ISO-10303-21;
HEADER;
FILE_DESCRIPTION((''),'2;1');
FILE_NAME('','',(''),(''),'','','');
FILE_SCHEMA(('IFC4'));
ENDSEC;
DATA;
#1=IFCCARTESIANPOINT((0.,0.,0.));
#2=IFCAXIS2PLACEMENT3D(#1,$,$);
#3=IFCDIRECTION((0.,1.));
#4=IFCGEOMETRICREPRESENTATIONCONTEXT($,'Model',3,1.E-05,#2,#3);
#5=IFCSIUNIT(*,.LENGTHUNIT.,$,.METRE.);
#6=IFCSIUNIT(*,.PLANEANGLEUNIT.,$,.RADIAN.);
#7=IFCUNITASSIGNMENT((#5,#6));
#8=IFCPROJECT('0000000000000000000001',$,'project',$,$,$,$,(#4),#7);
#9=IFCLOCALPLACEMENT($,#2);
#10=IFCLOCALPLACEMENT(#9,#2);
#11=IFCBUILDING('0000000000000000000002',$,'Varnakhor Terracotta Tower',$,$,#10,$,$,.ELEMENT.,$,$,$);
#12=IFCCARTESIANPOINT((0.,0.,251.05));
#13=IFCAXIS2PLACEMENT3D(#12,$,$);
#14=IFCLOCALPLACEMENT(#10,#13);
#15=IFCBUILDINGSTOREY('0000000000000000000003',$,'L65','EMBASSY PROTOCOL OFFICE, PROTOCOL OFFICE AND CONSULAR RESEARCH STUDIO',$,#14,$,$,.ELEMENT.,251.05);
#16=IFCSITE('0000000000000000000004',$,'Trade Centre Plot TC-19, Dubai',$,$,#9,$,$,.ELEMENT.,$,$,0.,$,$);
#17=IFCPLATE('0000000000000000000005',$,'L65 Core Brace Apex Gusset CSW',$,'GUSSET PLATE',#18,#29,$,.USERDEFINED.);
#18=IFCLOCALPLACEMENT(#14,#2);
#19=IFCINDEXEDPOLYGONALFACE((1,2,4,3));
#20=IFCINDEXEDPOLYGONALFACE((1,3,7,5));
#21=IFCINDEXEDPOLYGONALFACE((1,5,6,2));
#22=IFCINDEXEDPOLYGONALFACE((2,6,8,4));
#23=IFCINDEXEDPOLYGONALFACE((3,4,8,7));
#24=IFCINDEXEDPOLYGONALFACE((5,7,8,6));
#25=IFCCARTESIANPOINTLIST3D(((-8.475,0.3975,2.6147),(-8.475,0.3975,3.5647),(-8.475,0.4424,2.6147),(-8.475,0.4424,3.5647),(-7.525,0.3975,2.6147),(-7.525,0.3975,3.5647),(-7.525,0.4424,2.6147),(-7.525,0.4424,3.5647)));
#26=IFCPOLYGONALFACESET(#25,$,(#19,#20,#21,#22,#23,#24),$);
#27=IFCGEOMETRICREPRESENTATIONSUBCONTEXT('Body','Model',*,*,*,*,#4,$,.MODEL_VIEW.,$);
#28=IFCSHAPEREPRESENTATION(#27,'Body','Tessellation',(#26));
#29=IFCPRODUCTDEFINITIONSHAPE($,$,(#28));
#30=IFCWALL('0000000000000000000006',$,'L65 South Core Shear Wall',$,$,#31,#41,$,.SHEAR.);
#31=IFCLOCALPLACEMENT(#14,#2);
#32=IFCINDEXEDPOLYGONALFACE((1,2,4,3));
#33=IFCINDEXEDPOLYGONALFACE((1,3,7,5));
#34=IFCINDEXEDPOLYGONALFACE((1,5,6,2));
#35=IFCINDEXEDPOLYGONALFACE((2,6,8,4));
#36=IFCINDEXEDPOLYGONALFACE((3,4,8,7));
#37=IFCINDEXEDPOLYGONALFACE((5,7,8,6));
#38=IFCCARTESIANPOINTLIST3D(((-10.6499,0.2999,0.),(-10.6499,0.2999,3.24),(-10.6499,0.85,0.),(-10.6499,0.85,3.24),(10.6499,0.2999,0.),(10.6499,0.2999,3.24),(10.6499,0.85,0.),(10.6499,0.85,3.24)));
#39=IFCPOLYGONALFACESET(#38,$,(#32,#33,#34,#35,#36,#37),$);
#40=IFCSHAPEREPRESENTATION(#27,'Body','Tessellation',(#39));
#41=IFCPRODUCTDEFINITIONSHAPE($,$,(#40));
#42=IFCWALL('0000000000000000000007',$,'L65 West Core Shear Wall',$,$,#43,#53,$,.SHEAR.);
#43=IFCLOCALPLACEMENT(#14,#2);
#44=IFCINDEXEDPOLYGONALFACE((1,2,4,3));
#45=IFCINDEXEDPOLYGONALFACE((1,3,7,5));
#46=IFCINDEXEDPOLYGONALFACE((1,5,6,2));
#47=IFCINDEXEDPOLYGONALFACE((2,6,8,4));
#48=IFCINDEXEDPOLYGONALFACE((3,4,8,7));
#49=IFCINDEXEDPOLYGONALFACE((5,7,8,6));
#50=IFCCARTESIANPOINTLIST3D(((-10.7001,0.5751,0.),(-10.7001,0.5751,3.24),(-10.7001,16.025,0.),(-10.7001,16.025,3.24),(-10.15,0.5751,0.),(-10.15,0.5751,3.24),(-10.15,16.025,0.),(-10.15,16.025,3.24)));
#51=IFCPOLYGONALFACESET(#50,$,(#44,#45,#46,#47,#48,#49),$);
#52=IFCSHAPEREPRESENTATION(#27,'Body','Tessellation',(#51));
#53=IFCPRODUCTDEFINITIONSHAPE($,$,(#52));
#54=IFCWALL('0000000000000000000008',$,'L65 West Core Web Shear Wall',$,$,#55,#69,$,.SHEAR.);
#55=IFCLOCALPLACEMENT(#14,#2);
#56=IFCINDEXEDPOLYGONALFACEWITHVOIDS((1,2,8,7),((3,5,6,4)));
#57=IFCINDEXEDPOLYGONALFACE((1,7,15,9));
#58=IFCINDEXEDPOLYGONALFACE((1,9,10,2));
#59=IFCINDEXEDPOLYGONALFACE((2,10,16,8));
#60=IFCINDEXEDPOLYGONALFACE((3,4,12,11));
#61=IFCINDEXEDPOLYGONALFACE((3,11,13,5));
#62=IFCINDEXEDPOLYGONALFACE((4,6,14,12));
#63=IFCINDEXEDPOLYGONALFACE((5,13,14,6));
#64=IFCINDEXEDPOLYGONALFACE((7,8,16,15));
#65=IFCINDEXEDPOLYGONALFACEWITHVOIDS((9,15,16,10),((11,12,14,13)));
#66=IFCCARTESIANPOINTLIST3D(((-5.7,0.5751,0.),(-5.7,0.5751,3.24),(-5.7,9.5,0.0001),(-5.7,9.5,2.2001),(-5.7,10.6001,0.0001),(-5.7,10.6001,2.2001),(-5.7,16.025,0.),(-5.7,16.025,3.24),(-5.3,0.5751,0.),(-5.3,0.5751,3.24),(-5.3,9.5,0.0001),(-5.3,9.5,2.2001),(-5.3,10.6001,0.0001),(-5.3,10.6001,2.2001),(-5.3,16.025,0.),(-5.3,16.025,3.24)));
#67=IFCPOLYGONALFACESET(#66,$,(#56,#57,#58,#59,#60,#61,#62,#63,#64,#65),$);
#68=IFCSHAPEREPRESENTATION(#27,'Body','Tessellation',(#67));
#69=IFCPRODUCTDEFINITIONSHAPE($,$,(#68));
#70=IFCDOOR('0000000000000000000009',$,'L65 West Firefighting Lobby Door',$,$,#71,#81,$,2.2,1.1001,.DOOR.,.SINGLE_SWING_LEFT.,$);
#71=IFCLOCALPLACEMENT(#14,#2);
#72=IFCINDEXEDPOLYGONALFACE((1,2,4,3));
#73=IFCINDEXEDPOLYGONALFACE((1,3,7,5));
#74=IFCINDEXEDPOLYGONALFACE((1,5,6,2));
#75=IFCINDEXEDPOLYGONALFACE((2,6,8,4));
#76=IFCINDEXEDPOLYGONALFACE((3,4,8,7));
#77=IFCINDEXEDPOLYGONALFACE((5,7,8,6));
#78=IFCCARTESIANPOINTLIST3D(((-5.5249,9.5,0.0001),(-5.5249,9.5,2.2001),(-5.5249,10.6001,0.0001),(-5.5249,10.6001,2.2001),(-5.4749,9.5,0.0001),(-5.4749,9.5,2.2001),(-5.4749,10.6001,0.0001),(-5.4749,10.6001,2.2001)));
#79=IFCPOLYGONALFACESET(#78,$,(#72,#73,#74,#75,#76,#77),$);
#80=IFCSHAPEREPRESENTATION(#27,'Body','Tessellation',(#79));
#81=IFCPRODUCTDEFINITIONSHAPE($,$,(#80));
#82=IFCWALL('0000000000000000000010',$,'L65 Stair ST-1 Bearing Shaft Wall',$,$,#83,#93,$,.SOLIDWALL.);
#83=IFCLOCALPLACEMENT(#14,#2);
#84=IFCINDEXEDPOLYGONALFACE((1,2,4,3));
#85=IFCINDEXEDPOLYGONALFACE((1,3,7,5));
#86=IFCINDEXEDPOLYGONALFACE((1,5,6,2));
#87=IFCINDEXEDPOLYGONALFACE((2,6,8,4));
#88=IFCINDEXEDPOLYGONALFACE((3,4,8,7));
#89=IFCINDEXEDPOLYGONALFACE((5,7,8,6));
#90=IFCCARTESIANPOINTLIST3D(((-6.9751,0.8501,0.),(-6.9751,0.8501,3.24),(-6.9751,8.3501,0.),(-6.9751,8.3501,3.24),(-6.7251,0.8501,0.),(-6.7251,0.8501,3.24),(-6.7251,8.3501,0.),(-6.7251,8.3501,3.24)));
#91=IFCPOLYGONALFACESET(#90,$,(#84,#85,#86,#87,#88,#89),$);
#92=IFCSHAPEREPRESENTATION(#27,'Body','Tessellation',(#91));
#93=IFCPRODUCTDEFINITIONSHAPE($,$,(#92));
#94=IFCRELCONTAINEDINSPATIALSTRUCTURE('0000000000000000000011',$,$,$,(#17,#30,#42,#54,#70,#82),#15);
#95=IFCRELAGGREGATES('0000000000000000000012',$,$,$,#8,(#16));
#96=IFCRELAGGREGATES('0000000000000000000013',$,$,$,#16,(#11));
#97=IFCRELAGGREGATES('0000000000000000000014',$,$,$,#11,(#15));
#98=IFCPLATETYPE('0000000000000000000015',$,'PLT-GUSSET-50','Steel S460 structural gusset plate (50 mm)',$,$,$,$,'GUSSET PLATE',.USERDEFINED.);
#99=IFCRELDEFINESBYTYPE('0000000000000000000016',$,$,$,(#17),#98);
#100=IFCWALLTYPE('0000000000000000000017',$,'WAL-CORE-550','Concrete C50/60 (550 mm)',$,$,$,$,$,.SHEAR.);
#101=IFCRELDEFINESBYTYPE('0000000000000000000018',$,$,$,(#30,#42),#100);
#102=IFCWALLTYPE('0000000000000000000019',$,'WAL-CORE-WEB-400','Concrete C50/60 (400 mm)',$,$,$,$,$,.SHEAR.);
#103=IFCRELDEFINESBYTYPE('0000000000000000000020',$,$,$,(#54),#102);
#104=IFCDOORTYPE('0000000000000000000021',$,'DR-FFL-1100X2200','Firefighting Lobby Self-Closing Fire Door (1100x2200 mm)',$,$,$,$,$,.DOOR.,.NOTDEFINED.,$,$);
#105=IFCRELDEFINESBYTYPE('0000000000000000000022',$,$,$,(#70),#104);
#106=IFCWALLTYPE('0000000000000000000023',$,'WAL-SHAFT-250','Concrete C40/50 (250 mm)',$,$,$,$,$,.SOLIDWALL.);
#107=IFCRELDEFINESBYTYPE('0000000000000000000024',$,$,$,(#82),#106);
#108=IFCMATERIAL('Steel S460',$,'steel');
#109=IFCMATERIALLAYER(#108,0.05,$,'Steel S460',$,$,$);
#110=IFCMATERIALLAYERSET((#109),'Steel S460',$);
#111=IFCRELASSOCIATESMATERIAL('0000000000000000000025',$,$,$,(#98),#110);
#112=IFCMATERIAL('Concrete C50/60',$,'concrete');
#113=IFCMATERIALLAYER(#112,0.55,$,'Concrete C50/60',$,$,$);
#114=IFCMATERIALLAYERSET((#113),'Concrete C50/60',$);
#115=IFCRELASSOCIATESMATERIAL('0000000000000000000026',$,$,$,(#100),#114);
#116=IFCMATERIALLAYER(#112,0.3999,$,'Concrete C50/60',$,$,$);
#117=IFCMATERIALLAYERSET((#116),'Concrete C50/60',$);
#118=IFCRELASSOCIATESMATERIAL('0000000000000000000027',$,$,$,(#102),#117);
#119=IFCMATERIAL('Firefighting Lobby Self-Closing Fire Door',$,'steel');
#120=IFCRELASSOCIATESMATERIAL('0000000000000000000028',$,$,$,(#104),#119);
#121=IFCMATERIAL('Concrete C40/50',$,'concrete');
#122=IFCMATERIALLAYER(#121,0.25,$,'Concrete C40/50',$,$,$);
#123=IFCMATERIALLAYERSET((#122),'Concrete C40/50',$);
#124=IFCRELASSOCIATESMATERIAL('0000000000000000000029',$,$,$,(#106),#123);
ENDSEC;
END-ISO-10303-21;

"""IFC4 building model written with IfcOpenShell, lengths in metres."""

from ifc_helpers import new_model, si_unit, direction, frame, frame_2d, origin, origin_2d, place, context, subcontext, project, spatial, rectangle, extrude, source, transform, mapped, material, layer, layer_set, type_object, type_shapes, element, fill, save


model = new_model("IFC4")

# Units and contexts
model_context = context("Model", 3, precision=1e-05, world=origin(), true_north=direction((0.0, 1.0)))
body_context = subcontext(model_context, "Body", "Model", "MODEL_VIEW")
ifc_project = project(units=[si_unit("LENGTHUNIT", "METRE"), si_unit("PLANEANGLEUNIT", "RADIAN")], contexts=[model_context])

# Site, building, storey
site_placement = place(None, origin())
site = spatial("IfcSite", under=ifc_project, at=site_placement, Name="Trade Centre Plot TC-19, Dubai", CompositionType="ELEMENT", RefElevation=0.0)
building_placement = place(site_placement, origin())
building = spatial("IfcBuilding", under=site, at=building_placement, Name="Varnakhor Terracotta Tower", CompositionType="ELEMENT")
storey_placement = place(building_placement, frame((0.0, 0.0, 251.05)))
storey = spatial("IfcBuildingStorey", under=building, at=storey_placement, Name="L65", Description="EMBASSY PROTOCOL OFFICE, PROTOCOL OFFICE AND CONSULAR RESEARCH STUDIO", CompositionType="ELEMENT", Elevation=251.05)

# Shared definitions
ifc_material_1 = material(Name="Concrete C50/60", Category="concrete")

# Plate
ifc_material_2 = material(Name="Steel S460", Category="steel")
ifc_layer_1 = layer(ifc_material_2, 0.05, Name="Steel S460")
ifc_layer_set_1 = layer_set([ifc_layer_1], Name="Steel S460")
plate_type = type_object("IfcPlateType", Name="PLT-GUSSET-50", Description="Steel S460 structural gusset plate (50 mm)", ElementType="GUSSET PLATE", PredefinedType="USERDEFINED", material=ifc_layer_set_1)
shared_shape_1 = source(origin(), body_context, "Body", "SweptSolid", [
    extrude(rectangle(XDim=0.95, YDim=0.0449, at=origin_2d()), origin(), (0.0, 0.0, 1.0), 0.95),
])
plate_placement = place(storey_placement, frame((-8.0, 0.4199, 2.6147), z_axis=(0.0, 0.0, 1.0), x_axis=(1.0, 0.0, 0.0)))
element("IfcPlate", 1, at=plate_placement, inside=storey, type_object=plate_type, Name="L65 Core Brace Apex Gusset CSW", ObjectType="GUSSET PLATE", PredefinedType="USERDEFINED", context=body_context, shape_type="MappedRepresentation", body=[
    mapped(shared_shape_1, transform((0.0, 0.0, 0.0), scale=1.0)),
])

# Walls
ifc_layer_2 = layer(ifc_material_1, 0.55, Name="Concrete C50/60")
ifc_layer_set_2 = layer_set([ifc_layer_2], Name="Concrete C50/60")
wall_type_1 = type_object("IfcWallType", Name="WAL-CORE-550", Description="Concrete C50/60 (550 mm)", PredefinedType="SHEAR", material=ifc_layer_set_2)
wall_1_placement = place(storey_placement, frame((-10.6499, 0.575, 0.0), z_axis=(0.0, 0.0, 1.0), x_axis=(1.0, 0.0, 0.0)))
element("IfcWall", 2, at=wall_1_placement, inside=storey, type_object=wall_type_1, Name="L65 South Core Shear Wall", PredefinedType="SHEAR", context=body_context, shape_type="SweptSolid", body=[
    extrude(rectangle(XDim=21.2998, YDim=0.55, at=frame_2d((10.6499, 0.0))), origin(), (0.0, 0.0, 1.0), 3.24),
])
wall_2_placement = place(storey_placement, frame((-10.425, 0.575, 0.0), z_axis=(0.0, 0.0, 1.0), x_axis=(0.0, 1.0, 0.0)))
element("IfcWall", 3, at=wall_2_placement, inside=storey, type_object=wall_type_1, Name="L65 West Core Shear Wall", PredefinedType="SHEAR", context=body_context, shape_type="SweptSolid", body=[
    extrude(rectangle(XDim=15.45, YDim=0.55, at=frame_2d((7.7251, 0.0))), origin(), (0.0, 0.0, 1.0), 3.24),
])

# Wall, opening, door
ifc_layer_3 = layer(ifc_material_1, 0.3999, Name="Concrete C50/60")
ifc_layer_set_3 = layer_set([ifc_layer_3], Name="Concrete C50/60")
wall_type_2 = type_object("IfcWallType", Name="WAL-CORE-WEB-400", Description="Concrete C50/60 (400 mm)", PredefinedType="SHEAR", material=ifc_layer_set_3)
wall_3_placement = place(storey_placement, frame((-5.5, 0.575, 0.0), z_axis=(0.0, 0.0, 1.0), x_axis=(0.0, 1.0, 0.0)))
wall_3 = element("IfcWall", 4, at=wall_3_placement, inside=storey, type_object=wall_type_2, Name="L65 West Core Web Shear Wall", PredefinedType="SHEAR", context=body_context, shape_type="SweptSolid", body=[
    extrude(rectangle(XDim=15.45, YDim=0.3999, at=frame_2d((7.7251, 0.0))), origin(), (0.0, 0.0, 1.0), 3.24),
])
opening_placement = place(wall_3_placement, frame((8.925, 0.0, 0.0)))
opening = element("IfcOpeningElement", 5, at=opening_placement, cuts=wall_3, PredefinedType="OPENING", context=body_context, shape_type="SweptSolid", body=[
    extrude(rectangle(XDim=1.1001, YDim=2.2, at=frame_2d((0.55, 1.1001))), frame((0.0, 0.21, 0.0), z_axis=(0.0, -1.0, 0.0), x_axis=(1.0, 0.0, 0.0)), (0.0, 0.0, 1.0), 0.4199),
])
ifc_material_3 = material(Name="Firefighting Lobby Self-Closing Fire Door", Category="steel")
door_type = type_object("IfcDoorType", Name="DR-FFL-1100X2200", Description="Firefighting Lobby Self-Closing Fire Door (1100x2200 mm)", OperationType="NOTDEFINED", PredefinedType="DOOR", material=ifc_material_3)
shared_shape_2 = source(origin(), body_context, "Body", "SweptSolid", [
    extrude(rectangle(XDim=1.1001, YDim=2.2, at=frame_2d((0.55, 1.1001))), frame((0.0, 0.0249, 0.0), z_axis=(0.0, -1.0, 0.0), x_axis=(1.0, 0.0, 0.0)), (0.0, 0.0, 1.0), 0.05),
])
type_shapes(door_type, [shared_shape_2])
door_placement = place(opening_placement, origin())
door = element("IfcDoor", 6, at=door_placement, inside=storey, type_object=door_type, Name="L65 West Firefighting Lobby Door", OperationType="SINGLE_SWING_LEFT", OverallHeight=2.2, OverallWidth=1.1001, PredefinedType="DOOR", context=body_context, shape_type="MappedRepresentation", body=[
    mapped(shared_shape_2, transform((0.0, 0.0, 0.0), scale=1.0)),
])
fill(opening, door)

# Wall
ifc_material_4 = material(Name="Concrete C40/50", Category="concrete")
ifc_layer_4 = layer(ifc_material_4, 0.25, Name="Concrete C40/50")
ifc_layer_set_4 = layer_set([ifc_layer_4], Name="Concrete C40/50")
wall_type_3 = type_object("IfcWallType", Name="WAL-SHAFT-250", Description="Concrete C40/50 (250 mm)", PredefinedType="SOLIDWALL", material=ifc_layer_set_4)
wall_4_placement = place(storey_placement, frame((-6.8501, 0.8501, 0.0), z_axis=(0.0, 0.0, 1.0), x_axis=(0.0, 1.0, 0.0)))
element("IfcWall", 7, at=wall_4_placement, inside=storey, type_object=wall_type_3, Name="L65 Stair ST-1 Bearing Shaft Wall", PredefinedType="SOLIDWALL", context=body_context, shape_type="SweptSolid", body=[
    extrude(rectangle(XDim=7.5, YDim=0.25, at=frame_2d((3.75, 0.0))), origin(), (0.0, 0.0, 1.0), 3.24),
])

save(model, "model.ifc")
